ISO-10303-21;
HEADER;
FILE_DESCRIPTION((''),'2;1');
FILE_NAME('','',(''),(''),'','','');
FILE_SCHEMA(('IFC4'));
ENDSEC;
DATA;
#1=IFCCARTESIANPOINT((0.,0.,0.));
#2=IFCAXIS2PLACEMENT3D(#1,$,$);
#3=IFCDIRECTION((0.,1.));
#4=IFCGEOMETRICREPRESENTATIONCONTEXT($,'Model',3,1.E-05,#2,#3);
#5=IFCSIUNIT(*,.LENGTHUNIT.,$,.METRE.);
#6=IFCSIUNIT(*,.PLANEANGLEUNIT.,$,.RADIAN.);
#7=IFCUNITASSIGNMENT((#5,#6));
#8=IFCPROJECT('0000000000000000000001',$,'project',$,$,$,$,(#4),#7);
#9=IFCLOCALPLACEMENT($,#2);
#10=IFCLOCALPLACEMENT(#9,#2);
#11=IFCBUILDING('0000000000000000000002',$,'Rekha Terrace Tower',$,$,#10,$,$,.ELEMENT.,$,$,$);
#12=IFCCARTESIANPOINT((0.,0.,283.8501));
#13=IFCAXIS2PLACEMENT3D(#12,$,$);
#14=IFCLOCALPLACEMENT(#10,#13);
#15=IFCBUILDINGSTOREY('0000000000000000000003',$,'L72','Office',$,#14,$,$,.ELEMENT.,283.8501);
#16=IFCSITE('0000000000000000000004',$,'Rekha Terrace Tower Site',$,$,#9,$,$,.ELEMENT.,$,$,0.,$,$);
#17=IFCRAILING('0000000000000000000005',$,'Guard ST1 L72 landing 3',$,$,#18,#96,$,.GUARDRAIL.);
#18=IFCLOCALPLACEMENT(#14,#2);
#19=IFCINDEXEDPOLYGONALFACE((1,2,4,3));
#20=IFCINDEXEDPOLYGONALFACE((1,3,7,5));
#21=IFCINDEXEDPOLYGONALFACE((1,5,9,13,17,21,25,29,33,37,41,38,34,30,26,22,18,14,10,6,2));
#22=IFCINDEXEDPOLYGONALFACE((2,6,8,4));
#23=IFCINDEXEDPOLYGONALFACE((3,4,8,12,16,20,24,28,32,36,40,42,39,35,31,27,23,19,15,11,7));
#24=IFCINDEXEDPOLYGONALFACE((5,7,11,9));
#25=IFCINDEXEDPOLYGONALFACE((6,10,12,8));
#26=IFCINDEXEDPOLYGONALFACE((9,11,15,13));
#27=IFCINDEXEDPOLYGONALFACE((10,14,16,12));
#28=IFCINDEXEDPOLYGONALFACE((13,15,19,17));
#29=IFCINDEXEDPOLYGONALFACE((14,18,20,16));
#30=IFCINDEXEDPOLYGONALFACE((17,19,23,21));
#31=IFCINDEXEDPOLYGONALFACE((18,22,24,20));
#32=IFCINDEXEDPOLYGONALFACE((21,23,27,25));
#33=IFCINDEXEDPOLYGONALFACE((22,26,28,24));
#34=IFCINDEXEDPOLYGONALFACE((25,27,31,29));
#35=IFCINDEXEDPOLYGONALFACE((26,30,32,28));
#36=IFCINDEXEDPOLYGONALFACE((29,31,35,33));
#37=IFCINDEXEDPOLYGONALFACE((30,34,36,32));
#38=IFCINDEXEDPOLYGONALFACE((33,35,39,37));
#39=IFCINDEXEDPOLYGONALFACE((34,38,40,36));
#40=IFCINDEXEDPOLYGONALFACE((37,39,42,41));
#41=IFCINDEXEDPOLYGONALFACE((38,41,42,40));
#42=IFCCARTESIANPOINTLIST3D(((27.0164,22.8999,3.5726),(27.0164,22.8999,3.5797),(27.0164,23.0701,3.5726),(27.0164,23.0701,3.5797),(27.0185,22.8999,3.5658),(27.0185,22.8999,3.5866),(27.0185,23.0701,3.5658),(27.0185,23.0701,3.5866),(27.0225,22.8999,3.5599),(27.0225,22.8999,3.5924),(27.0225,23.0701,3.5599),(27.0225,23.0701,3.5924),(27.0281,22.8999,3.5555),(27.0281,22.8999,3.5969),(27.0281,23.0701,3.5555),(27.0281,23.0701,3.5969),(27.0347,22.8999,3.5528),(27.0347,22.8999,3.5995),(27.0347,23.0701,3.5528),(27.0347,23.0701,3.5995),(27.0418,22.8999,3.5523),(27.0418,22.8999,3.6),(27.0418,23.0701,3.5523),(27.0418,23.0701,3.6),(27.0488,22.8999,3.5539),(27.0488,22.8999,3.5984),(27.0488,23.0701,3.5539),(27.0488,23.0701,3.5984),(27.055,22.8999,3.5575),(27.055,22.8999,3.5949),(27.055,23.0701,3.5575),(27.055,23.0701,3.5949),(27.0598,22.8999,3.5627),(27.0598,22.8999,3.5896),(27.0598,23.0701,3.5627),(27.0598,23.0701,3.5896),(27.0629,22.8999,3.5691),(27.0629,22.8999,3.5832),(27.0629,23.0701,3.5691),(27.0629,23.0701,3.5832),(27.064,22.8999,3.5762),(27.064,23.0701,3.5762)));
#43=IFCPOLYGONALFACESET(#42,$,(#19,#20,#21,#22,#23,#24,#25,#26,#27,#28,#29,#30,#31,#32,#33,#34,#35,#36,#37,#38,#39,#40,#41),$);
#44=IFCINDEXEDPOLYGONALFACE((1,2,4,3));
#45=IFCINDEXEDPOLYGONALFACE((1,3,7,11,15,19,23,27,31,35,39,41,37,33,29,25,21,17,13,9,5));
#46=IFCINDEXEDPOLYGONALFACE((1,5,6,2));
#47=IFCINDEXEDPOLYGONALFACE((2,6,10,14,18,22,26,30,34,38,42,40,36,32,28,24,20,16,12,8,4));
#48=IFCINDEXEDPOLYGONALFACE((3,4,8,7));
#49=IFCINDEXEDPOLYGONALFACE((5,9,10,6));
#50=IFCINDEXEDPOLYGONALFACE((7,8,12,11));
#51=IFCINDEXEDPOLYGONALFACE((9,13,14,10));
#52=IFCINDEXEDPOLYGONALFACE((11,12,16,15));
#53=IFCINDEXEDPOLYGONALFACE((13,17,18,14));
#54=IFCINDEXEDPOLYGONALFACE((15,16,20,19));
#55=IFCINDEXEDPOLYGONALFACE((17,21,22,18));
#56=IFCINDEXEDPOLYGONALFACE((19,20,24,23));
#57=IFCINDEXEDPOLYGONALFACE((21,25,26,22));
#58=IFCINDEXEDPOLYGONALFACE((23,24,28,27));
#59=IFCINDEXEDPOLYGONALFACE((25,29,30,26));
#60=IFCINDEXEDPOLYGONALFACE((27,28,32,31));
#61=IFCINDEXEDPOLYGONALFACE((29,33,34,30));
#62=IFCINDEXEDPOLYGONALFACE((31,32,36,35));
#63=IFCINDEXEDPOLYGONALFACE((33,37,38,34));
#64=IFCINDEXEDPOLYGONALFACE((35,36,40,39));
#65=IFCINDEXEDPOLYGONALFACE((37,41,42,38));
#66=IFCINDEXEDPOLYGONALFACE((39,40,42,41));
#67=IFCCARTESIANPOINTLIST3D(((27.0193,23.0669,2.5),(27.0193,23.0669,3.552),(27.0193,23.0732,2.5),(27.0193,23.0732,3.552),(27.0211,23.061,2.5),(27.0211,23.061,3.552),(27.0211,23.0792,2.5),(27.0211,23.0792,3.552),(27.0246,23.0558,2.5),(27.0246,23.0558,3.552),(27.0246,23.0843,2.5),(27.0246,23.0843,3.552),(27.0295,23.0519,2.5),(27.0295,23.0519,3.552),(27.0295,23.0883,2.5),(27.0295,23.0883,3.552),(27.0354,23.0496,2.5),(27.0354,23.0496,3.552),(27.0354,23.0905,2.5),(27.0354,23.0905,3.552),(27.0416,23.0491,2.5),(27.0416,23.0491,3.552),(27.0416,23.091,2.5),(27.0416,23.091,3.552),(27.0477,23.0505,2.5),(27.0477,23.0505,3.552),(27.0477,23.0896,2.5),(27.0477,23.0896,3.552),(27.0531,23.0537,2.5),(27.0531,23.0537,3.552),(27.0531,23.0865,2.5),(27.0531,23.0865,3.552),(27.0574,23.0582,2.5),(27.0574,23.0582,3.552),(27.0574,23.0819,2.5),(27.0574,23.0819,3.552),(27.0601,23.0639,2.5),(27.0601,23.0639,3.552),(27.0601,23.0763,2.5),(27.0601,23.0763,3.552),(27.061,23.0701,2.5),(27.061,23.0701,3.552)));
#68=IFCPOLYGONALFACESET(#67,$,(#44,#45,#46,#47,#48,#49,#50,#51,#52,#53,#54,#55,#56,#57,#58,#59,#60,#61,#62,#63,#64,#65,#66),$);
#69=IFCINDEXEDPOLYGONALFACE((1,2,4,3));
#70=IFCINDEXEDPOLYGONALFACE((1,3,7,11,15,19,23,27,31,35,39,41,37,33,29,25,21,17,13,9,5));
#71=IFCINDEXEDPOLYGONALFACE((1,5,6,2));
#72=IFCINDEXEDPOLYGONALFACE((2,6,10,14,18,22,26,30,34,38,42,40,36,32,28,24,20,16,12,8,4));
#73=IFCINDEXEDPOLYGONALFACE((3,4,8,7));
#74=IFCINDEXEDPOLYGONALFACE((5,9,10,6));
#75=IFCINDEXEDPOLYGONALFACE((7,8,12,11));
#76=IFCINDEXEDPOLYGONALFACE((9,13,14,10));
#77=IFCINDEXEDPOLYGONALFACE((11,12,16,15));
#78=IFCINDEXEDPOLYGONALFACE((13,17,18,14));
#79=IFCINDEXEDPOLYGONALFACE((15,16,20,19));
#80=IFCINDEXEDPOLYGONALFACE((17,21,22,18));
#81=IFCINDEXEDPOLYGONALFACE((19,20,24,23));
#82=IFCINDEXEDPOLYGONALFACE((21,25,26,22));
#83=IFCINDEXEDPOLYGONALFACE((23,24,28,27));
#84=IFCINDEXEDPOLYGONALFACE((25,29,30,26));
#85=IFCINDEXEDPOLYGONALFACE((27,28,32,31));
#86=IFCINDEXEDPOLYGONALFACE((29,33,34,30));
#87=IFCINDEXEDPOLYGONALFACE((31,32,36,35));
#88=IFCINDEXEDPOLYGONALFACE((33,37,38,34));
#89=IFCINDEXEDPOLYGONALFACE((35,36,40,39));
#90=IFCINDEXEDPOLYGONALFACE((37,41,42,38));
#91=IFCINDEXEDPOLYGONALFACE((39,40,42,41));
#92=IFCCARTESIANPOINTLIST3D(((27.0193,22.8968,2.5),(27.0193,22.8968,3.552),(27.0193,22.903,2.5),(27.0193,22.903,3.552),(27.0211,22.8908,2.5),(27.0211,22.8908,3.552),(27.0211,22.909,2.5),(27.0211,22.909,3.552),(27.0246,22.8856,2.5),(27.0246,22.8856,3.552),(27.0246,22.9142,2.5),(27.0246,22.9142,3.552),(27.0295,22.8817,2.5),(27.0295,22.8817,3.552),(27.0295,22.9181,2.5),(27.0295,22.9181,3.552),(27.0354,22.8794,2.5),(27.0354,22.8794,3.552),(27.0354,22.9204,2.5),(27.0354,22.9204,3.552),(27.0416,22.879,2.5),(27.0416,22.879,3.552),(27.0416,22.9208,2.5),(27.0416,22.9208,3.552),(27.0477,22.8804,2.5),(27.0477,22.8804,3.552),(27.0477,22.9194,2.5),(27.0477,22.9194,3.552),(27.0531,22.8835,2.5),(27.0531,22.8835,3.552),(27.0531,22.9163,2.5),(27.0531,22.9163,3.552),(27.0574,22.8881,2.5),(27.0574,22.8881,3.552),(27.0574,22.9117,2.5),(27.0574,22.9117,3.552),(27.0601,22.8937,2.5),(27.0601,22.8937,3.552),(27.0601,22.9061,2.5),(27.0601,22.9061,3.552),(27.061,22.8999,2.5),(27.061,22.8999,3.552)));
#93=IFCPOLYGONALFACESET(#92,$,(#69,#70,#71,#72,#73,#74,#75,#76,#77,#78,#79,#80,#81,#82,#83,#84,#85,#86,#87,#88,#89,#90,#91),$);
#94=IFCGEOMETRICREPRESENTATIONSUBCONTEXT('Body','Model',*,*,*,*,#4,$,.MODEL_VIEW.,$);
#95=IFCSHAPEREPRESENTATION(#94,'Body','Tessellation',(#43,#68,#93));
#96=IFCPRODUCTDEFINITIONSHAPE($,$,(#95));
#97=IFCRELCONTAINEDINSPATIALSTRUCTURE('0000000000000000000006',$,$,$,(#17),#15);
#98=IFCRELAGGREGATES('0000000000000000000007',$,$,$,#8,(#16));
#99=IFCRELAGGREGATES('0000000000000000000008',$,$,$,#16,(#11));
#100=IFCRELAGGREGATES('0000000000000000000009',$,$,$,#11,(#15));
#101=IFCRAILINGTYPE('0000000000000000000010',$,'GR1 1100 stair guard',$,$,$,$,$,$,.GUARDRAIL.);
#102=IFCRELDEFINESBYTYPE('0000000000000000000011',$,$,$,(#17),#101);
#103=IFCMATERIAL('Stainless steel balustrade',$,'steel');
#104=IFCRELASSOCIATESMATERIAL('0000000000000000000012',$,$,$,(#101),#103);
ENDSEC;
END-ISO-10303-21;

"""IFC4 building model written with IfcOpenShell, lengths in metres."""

from ifc_helpers import new_model, si_unit, direction, frame, origin, origin_2d, place, context, subcontext, project, spatial, circle, extrude, material, type_object, element, save


model = new_model("IFC4")

# Units and contexts
model_context = context("Model", 3, precision=1e-05, world=origin(), true_north=direction((0.0, 1.0)))
body_context = subcontext(model_context, "Body", "Model", "MODEL_VIEW")
ifc_project = project(units=[si_unit("LENGTHUNIT", "METRE"), si_unit("PLANEANGLEUNIT", "RADIAN")], contexts=[model_context])

# Site, building, storey
site_placement = place(None, origin())
site = spatial("IfcSite", under=ifc_project, at=site_placement, Name="Rekha Terrace Tower Site", CompositionType="ELEMENT", RefElevation=0.0)
building_placement = place(site_placement, origin())
building = spatial("IfcBuilding", under=site, at=building_placement, Name="Rekha Terrace Tower", CompositionType="ELEMENT")
storey_placement = place(building_placement, frame((0.0, 0.0, 283.8501)))
storey = spatial("IfcBuildingStorey", under=building, at=storey_placement, Name="L72", Description="Office", CompositionType="ELEMENT", Elevation=283.8501)

# Railing
ifc_material_1 = material(Name="Stainless steel balustrade", Category="steel")
railing_type_1 = type_object("IfcRailingType", Name="GR1 1100 stair guard", PredefinedType="GUARDRAIL", material=ifc_material_1)
railing_1_placement = place(storey_placement, frame((27.04, 23.0701, 2.5)))
element("IfcRailing", 1, at=railing_1_placement, inside=storey, type_object=railing_type_1, Name="Guard ST1 L72 landing 3", PredefinedType="GUARDRAIL", context=body_context, shape_type="SweptSolid", body=[
    extrude(circle(Radius=0.0239, at=origin_2d()), frame((0.0, 0.0, 1.0762), z_axis=(0.0, -1.0, 0.0), x_axis=(1.0, 0.0, 0.0)), (0.0, 0.0, 1.0), 0.1702),
    extrude(circle(Radius=0.021, at=origin_2d()), origin(), (0.0, 0.0, 1.0), 1.052),
    extrude(circle(Radius=0.021, at=origin_2d()), frame((0.0, -0.1702, 0.0)), (0.0, 0.0, 1.0), 1.052),
])

save(model, "model.ifc")
